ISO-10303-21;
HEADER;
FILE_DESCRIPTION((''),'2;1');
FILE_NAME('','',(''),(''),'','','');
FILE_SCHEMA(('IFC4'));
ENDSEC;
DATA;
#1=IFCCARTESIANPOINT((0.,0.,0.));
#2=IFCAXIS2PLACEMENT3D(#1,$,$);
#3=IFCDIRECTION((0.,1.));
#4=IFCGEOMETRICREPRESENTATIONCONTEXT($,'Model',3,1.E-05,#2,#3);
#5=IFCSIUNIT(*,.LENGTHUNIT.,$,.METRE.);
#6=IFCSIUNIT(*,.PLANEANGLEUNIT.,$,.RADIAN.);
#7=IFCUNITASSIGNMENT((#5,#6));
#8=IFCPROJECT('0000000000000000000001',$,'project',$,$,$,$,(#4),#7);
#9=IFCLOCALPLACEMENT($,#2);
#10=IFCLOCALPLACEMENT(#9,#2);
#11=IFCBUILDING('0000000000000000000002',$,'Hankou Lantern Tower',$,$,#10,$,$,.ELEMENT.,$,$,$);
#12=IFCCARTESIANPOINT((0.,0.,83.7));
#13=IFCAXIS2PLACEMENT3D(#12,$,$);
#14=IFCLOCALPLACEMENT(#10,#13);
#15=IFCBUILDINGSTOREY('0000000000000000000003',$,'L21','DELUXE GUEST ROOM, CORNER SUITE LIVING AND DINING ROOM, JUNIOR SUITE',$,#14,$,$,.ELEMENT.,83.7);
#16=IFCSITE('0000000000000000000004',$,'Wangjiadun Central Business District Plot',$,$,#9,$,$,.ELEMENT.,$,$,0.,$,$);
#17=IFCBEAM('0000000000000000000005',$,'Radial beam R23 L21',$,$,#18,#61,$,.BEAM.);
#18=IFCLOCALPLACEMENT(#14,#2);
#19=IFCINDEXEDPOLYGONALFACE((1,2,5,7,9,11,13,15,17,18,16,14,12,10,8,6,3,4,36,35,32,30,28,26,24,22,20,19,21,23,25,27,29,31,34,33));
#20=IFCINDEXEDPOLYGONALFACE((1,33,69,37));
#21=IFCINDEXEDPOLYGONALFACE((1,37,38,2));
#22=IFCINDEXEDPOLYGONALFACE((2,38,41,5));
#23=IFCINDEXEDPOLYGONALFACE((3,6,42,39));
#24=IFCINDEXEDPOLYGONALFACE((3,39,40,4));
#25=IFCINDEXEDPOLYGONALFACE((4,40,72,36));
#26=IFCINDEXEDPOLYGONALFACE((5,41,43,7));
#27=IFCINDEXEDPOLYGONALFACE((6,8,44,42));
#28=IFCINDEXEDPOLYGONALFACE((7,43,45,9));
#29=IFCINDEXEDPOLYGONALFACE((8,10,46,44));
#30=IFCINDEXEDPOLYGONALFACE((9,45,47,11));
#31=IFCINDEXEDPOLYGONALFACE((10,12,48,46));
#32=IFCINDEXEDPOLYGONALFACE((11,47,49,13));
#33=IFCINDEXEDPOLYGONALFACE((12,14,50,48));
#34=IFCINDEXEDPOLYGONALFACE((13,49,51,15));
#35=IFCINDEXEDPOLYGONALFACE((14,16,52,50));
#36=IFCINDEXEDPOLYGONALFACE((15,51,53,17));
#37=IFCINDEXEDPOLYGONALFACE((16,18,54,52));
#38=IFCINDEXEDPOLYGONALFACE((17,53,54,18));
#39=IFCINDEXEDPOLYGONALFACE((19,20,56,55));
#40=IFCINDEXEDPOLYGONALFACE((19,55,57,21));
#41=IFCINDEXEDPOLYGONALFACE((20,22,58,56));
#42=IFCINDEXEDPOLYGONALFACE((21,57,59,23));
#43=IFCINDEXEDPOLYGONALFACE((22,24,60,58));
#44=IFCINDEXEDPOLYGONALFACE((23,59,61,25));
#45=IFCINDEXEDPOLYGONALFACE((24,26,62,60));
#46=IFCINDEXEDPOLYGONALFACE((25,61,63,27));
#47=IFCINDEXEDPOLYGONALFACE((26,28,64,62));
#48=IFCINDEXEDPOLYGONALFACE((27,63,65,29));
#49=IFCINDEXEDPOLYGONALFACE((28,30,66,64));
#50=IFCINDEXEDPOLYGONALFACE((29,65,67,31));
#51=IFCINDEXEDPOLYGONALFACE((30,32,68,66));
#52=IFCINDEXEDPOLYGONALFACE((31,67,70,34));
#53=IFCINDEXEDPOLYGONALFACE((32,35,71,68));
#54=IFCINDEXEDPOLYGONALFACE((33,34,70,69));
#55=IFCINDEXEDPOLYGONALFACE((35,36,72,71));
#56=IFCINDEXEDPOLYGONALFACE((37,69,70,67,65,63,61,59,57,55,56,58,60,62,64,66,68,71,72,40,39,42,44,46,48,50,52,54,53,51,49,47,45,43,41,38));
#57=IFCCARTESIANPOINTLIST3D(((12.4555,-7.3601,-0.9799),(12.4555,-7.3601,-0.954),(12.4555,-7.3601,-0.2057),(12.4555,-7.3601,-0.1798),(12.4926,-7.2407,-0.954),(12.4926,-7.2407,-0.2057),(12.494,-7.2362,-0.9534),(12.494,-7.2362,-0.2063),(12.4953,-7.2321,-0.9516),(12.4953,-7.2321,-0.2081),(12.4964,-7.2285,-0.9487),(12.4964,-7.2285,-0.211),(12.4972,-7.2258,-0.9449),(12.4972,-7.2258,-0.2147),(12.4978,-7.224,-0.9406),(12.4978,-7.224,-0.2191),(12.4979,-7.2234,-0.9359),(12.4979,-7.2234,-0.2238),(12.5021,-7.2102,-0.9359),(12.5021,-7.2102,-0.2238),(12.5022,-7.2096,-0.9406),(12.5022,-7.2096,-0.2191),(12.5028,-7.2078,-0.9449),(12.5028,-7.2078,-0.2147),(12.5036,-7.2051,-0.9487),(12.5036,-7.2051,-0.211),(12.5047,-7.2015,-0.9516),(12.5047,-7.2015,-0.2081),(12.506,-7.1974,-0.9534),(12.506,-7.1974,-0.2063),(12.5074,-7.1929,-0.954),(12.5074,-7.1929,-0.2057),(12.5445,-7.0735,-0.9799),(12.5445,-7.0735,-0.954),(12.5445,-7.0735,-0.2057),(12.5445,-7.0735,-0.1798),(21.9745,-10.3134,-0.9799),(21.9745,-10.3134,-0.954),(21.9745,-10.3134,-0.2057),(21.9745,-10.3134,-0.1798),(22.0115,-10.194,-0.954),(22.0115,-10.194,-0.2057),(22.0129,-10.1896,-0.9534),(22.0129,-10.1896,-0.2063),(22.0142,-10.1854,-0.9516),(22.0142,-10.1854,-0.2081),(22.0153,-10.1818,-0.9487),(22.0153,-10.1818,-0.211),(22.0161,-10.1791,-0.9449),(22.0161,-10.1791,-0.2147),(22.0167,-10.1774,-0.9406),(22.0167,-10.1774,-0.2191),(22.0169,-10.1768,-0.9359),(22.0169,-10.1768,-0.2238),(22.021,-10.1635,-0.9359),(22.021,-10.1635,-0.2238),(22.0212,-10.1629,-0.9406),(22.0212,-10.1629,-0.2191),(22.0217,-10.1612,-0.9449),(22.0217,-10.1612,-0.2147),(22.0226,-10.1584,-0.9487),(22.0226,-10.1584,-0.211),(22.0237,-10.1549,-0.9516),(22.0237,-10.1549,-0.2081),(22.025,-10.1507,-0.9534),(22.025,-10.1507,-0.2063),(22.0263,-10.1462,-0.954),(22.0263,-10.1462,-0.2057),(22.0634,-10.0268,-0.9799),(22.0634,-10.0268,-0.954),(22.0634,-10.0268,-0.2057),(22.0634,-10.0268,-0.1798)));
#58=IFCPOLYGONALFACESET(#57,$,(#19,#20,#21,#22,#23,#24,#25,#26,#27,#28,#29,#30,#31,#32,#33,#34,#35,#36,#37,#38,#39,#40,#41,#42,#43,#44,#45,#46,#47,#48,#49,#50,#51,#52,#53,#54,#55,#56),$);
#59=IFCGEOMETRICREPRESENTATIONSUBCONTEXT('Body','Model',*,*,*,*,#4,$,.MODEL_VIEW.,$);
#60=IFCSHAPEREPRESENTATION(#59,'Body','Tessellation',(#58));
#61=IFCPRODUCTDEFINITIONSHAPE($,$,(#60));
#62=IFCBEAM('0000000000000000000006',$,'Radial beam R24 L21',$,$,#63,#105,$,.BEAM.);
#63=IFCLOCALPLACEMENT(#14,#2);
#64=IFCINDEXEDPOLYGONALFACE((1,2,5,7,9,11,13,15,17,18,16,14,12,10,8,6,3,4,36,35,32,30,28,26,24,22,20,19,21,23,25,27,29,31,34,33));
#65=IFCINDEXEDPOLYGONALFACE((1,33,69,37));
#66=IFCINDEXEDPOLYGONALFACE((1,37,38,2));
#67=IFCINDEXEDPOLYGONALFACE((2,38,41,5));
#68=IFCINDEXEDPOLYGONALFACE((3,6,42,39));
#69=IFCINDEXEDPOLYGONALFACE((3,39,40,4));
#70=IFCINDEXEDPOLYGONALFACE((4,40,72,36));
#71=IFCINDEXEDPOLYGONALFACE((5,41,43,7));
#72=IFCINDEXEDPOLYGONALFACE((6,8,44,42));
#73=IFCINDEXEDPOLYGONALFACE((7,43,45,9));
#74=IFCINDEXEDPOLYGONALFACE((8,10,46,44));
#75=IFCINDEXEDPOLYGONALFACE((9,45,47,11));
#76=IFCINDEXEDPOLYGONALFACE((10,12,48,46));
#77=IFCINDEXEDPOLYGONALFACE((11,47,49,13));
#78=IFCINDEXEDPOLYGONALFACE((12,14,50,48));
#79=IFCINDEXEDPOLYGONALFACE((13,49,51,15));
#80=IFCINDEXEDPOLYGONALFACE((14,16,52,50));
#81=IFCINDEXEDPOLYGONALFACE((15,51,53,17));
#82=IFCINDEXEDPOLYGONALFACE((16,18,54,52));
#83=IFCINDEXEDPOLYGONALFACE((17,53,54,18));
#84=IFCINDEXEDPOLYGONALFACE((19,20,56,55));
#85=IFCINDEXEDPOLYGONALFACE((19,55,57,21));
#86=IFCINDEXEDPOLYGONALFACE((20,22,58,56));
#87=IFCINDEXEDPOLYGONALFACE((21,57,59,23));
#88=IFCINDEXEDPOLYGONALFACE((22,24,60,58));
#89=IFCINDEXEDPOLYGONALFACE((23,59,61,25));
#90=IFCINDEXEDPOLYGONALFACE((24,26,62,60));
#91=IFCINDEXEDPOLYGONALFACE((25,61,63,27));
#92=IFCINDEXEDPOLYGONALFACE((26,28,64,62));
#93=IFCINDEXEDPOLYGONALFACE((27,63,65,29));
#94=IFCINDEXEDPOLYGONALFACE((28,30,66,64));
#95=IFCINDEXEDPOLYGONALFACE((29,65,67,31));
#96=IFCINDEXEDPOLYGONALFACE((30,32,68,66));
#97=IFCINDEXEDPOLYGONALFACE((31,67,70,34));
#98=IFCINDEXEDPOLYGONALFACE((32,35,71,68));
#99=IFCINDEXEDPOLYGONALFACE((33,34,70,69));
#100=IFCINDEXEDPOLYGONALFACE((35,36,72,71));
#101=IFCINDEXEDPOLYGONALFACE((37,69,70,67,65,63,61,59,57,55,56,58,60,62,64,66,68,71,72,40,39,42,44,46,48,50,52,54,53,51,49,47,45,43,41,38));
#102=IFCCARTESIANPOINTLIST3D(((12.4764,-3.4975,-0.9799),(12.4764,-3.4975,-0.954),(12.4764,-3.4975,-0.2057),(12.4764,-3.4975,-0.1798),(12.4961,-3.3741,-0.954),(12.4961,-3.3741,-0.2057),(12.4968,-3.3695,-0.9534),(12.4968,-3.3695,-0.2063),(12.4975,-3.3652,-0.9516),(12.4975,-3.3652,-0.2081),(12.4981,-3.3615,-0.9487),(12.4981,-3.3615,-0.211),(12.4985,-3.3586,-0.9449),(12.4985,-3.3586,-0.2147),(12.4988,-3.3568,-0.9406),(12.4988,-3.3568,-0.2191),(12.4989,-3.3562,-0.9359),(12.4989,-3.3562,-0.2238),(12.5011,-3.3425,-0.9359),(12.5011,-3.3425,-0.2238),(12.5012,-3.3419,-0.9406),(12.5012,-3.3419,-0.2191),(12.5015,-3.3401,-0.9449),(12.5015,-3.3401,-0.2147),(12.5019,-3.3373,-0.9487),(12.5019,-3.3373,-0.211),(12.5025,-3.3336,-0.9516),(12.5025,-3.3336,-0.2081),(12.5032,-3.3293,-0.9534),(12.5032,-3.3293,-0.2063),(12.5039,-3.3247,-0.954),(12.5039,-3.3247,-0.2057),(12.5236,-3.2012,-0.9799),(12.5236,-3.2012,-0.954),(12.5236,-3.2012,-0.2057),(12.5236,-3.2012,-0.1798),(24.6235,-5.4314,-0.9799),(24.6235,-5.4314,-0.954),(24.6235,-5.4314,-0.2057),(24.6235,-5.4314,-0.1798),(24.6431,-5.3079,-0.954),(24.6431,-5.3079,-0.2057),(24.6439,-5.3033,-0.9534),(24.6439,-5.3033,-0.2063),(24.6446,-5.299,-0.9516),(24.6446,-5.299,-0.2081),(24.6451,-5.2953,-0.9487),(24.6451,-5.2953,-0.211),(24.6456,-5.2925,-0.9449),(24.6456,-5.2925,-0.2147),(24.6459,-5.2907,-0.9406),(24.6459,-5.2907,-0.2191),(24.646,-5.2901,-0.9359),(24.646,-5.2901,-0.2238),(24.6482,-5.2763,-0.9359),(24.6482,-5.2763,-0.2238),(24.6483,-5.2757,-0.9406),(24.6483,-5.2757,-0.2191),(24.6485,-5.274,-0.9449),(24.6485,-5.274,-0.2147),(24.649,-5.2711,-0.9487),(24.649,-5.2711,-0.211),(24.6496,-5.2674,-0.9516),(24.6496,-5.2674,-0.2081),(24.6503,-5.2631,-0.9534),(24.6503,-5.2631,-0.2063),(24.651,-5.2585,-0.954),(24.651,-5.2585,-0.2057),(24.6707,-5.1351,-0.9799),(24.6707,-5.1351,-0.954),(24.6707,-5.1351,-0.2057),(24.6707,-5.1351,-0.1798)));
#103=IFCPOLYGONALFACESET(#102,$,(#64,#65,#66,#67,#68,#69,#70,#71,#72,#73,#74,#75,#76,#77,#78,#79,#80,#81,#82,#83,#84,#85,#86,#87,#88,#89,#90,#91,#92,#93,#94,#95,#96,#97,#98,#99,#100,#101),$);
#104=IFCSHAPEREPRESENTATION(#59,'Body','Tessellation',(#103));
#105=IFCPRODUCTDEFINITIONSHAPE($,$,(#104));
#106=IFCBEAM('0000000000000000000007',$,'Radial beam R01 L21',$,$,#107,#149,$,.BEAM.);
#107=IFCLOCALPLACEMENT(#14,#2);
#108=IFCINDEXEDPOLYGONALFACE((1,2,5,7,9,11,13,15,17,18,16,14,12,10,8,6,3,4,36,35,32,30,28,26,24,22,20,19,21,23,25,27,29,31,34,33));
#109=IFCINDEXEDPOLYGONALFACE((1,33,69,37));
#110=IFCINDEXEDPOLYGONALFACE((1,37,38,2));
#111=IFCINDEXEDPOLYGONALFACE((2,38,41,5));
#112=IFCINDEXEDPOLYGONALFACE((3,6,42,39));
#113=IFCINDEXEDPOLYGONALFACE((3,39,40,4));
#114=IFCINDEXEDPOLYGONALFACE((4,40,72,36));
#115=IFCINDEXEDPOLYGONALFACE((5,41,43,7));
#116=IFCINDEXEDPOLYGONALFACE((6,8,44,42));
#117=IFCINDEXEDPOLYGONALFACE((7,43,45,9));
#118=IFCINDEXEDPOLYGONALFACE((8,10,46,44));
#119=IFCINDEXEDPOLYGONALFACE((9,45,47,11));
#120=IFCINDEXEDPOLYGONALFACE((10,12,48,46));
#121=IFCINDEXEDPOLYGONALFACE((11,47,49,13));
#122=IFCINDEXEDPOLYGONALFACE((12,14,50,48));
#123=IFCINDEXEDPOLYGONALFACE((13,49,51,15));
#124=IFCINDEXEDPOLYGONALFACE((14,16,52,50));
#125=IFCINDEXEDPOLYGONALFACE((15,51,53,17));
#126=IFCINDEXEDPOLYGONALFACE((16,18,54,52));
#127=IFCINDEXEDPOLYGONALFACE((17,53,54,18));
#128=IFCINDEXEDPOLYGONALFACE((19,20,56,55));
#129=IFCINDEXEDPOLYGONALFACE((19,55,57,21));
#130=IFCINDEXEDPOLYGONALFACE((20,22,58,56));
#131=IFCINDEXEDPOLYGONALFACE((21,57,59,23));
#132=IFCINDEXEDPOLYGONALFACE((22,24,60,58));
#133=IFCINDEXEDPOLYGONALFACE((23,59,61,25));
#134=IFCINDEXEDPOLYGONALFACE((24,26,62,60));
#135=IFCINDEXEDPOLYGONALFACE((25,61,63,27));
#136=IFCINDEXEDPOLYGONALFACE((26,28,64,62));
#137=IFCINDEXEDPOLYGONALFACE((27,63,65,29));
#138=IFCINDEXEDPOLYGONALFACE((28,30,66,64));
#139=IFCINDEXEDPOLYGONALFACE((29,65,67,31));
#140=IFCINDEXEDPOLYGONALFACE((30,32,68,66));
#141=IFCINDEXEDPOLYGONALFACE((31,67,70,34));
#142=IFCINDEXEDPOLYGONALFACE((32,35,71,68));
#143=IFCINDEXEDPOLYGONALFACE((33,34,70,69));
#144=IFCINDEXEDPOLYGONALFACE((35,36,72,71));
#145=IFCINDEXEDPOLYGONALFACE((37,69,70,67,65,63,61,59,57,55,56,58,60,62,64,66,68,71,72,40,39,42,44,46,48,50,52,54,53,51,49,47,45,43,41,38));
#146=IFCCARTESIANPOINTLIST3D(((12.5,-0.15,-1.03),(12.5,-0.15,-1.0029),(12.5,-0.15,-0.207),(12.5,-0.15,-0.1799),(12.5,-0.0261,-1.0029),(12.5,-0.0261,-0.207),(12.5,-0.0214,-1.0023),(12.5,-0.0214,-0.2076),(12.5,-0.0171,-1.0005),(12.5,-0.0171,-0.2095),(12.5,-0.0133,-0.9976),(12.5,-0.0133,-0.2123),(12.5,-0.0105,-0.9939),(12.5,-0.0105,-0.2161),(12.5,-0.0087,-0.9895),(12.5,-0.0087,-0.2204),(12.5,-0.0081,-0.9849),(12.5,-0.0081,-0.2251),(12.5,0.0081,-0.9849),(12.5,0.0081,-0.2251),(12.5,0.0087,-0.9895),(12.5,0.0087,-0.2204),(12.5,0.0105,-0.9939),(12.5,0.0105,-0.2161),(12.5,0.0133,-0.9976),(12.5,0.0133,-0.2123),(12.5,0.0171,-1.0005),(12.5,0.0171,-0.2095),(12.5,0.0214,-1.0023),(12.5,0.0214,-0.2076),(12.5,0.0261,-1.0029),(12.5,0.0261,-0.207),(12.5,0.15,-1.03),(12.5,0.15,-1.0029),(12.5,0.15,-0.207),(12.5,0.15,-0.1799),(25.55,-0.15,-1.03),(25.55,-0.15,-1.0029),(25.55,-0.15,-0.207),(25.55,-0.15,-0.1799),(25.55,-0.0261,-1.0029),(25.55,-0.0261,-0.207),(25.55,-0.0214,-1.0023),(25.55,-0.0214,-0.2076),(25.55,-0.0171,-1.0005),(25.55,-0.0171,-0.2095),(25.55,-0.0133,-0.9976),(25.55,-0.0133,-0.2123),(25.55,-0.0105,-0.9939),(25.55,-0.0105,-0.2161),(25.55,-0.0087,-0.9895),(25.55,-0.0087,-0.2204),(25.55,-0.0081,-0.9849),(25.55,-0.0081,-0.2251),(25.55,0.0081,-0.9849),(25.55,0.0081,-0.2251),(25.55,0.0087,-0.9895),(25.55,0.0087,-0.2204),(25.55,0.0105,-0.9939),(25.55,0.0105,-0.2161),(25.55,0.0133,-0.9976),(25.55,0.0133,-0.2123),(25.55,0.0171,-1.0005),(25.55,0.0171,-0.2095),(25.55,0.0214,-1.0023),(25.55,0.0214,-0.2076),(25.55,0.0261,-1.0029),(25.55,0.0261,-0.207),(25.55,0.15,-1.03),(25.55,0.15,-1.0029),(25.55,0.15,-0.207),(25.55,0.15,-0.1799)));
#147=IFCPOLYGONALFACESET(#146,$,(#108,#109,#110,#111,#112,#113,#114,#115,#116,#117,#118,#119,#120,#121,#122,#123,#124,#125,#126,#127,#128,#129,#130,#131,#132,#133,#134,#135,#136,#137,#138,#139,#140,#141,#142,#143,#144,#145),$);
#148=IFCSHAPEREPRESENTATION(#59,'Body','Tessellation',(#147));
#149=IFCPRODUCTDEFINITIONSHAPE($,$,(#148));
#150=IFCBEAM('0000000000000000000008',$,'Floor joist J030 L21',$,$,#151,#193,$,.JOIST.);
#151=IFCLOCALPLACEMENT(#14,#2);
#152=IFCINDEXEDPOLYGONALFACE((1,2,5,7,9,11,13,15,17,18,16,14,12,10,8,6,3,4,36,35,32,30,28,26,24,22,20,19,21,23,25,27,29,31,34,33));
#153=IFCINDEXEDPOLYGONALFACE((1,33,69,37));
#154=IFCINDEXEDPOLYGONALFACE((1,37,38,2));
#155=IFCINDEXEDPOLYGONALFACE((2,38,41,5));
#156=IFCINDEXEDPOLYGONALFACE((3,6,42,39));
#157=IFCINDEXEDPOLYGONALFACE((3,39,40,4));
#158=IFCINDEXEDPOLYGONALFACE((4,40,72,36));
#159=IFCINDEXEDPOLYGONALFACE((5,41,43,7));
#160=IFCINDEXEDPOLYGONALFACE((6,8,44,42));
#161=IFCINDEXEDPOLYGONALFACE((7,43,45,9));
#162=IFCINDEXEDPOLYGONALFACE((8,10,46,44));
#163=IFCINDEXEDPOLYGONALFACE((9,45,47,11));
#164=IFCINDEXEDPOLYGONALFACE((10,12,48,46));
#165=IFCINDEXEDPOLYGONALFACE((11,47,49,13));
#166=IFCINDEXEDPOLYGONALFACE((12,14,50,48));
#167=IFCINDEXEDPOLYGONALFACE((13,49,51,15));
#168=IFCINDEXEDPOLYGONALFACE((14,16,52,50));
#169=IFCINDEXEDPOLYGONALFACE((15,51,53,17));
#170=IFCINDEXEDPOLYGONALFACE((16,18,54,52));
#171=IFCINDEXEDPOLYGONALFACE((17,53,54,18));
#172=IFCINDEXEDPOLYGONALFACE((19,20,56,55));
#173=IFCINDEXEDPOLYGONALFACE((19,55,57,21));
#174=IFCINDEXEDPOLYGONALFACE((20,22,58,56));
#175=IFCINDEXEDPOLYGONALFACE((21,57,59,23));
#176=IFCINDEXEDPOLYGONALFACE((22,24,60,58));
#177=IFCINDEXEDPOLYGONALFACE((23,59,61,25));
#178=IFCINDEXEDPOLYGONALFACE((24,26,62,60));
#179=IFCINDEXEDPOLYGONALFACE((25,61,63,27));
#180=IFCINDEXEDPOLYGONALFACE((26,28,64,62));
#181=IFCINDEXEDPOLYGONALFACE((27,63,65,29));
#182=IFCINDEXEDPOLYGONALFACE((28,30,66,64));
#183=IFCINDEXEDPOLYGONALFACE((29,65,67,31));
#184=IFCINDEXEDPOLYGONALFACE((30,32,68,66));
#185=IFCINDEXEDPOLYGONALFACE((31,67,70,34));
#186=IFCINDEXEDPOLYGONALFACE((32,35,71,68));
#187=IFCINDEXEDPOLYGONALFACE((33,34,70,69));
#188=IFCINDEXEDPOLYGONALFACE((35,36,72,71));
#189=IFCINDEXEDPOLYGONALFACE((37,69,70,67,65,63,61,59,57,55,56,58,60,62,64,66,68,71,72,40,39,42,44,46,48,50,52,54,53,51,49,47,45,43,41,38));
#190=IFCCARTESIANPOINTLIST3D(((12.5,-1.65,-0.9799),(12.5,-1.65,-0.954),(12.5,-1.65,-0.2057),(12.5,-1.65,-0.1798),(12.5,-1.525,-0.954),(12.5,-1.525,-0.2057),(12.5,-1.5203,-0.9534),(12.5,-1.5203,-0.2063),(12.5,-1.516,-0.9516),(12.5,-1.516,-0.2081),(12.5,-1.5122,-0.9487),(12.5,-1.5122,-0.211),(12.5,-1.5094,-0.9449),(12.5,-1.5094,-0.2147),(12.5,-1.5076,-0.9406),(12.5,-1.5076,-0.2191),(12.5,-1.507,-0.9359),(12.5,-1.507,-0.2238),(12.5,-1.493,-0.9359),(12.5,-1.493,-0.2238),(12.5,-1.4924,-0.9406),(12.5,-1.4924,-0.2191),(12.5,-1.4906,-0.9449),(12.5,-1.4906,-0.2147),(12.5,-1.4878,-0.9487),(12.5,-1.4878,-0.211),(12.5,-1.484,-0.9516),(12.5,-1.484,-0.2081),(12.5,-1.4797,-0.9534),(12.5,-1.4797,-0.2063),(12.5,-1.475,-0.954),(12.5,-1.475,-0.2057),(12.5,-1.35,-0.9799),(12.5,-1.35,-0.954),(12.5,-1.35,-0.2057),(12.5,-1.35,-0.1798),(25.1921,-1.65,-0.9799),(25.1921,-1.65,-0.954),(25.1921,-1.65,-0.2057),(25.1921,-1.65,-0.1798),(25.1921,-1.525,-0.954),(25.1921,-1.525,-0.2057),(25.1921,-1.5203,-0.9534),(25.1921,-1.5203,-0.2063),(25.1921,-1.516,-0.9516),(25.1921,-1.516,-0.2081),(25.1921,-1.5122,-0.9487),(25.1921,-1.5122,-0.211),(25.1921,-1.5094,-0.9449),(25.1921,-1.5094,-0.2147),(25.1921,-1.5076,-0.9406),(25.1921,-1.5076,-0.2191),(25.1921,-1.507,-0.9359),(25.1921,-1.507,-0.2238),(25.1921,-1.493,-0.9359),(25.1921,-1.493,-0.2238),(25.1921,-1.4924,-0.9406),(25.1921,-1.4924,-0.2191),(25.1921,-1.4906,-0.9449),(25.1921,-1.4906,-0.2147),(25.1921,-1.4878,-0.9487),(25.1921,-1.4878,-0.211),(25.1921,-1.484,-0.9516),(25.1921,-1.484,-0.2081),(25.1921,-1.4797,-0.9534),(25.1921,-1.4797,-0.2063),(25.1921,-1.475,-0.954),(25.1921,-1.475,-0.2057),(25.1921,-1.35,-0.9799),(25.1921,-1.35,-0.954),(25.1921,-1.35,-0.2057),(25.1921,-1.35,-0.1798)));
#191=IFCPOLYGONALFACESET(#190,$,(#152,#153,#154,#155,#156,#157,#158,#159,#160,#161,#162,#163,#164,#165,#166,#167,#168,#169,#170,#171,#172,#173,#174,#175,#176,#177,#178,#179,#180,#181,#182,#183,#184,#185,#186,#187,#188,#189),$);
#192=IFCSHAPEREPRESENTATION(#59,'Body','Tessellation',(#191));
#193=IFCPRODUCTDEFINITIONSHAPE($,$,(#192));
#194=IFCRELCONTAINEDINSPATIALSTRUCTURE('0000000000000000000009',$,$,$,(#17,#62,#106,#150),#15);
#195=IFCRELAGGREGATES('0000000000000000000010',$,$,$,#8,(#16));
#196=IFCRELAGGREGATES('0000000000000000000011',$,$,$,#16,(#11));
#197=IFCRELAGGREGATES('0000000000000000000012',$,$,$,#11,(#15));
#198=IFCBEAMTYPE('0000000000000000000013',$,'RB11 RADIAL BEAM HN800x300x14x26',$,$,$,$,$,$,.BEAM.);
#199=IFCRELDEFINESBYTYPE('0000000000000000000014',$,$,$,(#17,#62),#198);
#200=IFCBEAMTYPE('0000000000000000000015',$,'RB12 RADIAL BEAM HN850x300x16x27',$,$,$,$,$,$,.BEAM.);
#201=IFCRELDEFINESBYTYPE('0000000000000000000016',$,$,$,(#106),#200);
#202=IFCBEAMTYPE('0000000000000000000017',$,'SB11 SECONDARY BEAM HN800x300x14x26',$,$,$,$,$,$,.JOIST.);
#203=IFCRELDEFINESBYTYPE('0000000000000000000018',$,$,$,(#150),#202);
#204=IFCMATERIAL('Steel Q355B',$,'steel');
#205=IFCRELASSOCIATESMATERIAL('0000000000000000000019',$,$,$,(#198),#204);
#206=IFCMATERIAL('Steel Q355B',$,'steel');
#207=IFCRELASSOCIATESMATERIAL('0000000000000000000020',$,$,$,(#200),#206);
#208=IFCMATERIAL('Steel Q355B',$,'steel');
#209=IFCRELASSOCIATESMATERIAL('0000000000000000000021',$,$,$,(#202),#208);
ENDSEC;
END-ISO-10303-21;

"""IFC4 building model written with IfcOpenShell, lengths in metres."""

from ifc_helpers import new_model, si_unit, direction, frame, origin, origin_2d, place, context, subcontext, project, spatial, i_section, extrude, material, material_profile, profile_set, type_object, element, save


model = new_model("IFC4")

# Units and contexts
model_context = context("Model", 3, precision=1e-05, world=origin(), true_north=direction((0.0, 1.0)))
body_context = subcontext(model_context, "Body", "Model", "MODEL_VIEW")
ifc_project = project(units=[si_unit("LENGTHUNIT", "METRE"), si_unit("PLANEANGLEUNIT", "RADIAN")], contexts=[model_context])

# Site, building, storey
site_placement = place(None, origin())
site = spatial("IfcSite", under=ifc_project, at=site_placement, Name="Wangjiadun Central Business District Plot", CompositionType="ELEMENT", RefElevation=0.0)
building_placement = place(site_placement, origin())
building = spatial("IfcBuilding", under=site, at=building_placement, Name="Hankou Lantern Tower", CompositionType="ELEMENT")
storey_placement = place(building_placement, frame((0.0, 0.0, 83.7)))
storey = spatial("IfcBuildingStorey", under=building, at=storey_placement, Name="L21", Description="DELUXE GUEST ROOM, CORNER SUITE LIVING AND DINING ROOM, JUNIOR SUITE", CompositionType="ELEMENT", Elevation=83.7)

# Beams
ifc_material_1 = material(Name="Steel Q355B", Category="steel")
ifc_material_profile_1 = material_profile(ifc_material_1, i_section(OverallWidth=0.3, OverallDepth=0.8, WebThickness=0.0139, FlangeThickness=0.0259, FilletRadius=0.0181, at=origin_2d()), Name="HN800x300x14x26")
ifc_profile_set_1 = profile_set([ifc_material_profile_1], Name="Steel Q355B")
beam_type_1 = type_object("IfcBeamType", Name="RB11 RADIAL BEAM HN800x300x14x26", PredefinedType="BEAM", material=ifc_profile_set_1)
beam_1_placement = place(storey_placement, frame((12.5, -7.2168, -0.5798), z_axis=(0.955087, -0.296324, 0.0), x_axis=(0.296324, 0.955087, 0.0)))
element("IfcBeam", 1, at=beam_1_placement, inside=storey, type_object=beam_type_1, Name="Radial beam R23 L21", PredefinedType="BEAM", context=body_context, shape_type="SweptSolid", body=[
    extrude(i_section(OverallWidth=0.3, OverallDepth=0.8, WebThickness=0.0139, FlangeThickness=0.0259, FilletRadius=0.0181, at=origin_2d()), origin(), (0.0, 0.0, 1.0), 9.9666),
])
beam_2_placement = place(storey_placement, frame((12.5, -3.3494, -0.5798), z_axis=(0.987563, -0.157223, 0.0), x_axis=(0.157223, 0.987563, 0.0)))
element("IfcBeam", 2, at=beam_2_placement, inside=storey, type_object=beam_type_1, Name="Radial beam R24 L21", PredefinedType="BEAM", context=body_context, shape_type="SweptSolid", body=[
    extrude(i_section(OverallWidth=0.3, OverallDepth=0.8, WebThickness=0.0139, FlangeThickness=0.0259, FilletRadius=0.0181, at=origin_2d()), origin(), (0.0, 0.0, 1.0), 12.3),
])
ifc_material_2 = material(Name="Steel Q355B", Category="steel")
ifc_material_profile_2 = material_profile(ifc_material_2, i_section(OverallWidth=0.3, OverallDepth=0.8501, WebThickness=0.0161, FlangeThickness=0.0271, FilletRadius=0.0181, at=origin_2d()), Name="HN850x300x16x27")
ifc_profile_set_2 = profile_set([ifc_material_profile_2], Name="Steel Q355B")
beam_type_2 = type_object("IfcBeamType", Name="RB12 RADIAL BEAM HN850x300x16x27", PredefinedType="BEAM", material=ifc_profile_set_2)
beam_3_placement = place(storey_placement, frame((12.5, 0.0, -0.605), z_axis=(1.0, 0.0, 0.0), x_axis=(0.0, 1.0, 0.0)))
element("IfcBeam", 3, at=beam_3_placement, inside=storey, type_object=beam_type_2, Name="Radial beam R01 L21", PredefinedType="BEAM", context=body_context, shape_type="SweptSolid", body=[
    extrude(i_section(OverallWidth=0.3, OverallDepth=0.8501, WebThickness=0.0161, FlangeThickness=0.0271, FilletRadius=0.0181, at=origin_2d()), origin(), (0.0, 0.0, 1.0), 13.05),
])
ifc_material_3 = material(Name="Steel Q355B", Category="steel")
ifc_material_profile_3 = material_profile(ifc_material_3, i_section(OverallWidth=0.3, OverallDepth=0.8, WebThickness=0.0139, FlangeThickness=0.0259, FilletRadius=0.0181, at=origin_2d()), Name="HN800x300x14x26")
ifc_profile_set_3 = profile_set([ifc_material_profile_3], Name="Steel Q355B")
beam_type_3 = type_object("IfcBeamType", Name="SB11 SECONDARY BEAM HN800x300x14x26", PredefinedType="JOIST", material=ifc_profile_set_3)
beam_4_placement = place(storey_placement, frame((12.5, -1.5, -0.5798), z_axis=(1.0, 0.0, 0.0), x_axis=(0.0, 1.0, 0.0)))
element("IfcBeam", 4, at=beam_4_placement, inside=storey, type_object=beam_type_3, Name="Floor joist J030 L21", PredefinedType="JOIST", context=body_context, shape_type="SweptSolid", body=[
    extrude(i_section(OverallWidth=0.3, OverallDepth=0.8, WebThickness=0.0139, FlangeThickness=0.0259, FilletRadius=0.0181, at=origin_2d()), origin(), (0.0, 0.0, 1.0), 12.6921),
])

save(model, "model.ifc")
